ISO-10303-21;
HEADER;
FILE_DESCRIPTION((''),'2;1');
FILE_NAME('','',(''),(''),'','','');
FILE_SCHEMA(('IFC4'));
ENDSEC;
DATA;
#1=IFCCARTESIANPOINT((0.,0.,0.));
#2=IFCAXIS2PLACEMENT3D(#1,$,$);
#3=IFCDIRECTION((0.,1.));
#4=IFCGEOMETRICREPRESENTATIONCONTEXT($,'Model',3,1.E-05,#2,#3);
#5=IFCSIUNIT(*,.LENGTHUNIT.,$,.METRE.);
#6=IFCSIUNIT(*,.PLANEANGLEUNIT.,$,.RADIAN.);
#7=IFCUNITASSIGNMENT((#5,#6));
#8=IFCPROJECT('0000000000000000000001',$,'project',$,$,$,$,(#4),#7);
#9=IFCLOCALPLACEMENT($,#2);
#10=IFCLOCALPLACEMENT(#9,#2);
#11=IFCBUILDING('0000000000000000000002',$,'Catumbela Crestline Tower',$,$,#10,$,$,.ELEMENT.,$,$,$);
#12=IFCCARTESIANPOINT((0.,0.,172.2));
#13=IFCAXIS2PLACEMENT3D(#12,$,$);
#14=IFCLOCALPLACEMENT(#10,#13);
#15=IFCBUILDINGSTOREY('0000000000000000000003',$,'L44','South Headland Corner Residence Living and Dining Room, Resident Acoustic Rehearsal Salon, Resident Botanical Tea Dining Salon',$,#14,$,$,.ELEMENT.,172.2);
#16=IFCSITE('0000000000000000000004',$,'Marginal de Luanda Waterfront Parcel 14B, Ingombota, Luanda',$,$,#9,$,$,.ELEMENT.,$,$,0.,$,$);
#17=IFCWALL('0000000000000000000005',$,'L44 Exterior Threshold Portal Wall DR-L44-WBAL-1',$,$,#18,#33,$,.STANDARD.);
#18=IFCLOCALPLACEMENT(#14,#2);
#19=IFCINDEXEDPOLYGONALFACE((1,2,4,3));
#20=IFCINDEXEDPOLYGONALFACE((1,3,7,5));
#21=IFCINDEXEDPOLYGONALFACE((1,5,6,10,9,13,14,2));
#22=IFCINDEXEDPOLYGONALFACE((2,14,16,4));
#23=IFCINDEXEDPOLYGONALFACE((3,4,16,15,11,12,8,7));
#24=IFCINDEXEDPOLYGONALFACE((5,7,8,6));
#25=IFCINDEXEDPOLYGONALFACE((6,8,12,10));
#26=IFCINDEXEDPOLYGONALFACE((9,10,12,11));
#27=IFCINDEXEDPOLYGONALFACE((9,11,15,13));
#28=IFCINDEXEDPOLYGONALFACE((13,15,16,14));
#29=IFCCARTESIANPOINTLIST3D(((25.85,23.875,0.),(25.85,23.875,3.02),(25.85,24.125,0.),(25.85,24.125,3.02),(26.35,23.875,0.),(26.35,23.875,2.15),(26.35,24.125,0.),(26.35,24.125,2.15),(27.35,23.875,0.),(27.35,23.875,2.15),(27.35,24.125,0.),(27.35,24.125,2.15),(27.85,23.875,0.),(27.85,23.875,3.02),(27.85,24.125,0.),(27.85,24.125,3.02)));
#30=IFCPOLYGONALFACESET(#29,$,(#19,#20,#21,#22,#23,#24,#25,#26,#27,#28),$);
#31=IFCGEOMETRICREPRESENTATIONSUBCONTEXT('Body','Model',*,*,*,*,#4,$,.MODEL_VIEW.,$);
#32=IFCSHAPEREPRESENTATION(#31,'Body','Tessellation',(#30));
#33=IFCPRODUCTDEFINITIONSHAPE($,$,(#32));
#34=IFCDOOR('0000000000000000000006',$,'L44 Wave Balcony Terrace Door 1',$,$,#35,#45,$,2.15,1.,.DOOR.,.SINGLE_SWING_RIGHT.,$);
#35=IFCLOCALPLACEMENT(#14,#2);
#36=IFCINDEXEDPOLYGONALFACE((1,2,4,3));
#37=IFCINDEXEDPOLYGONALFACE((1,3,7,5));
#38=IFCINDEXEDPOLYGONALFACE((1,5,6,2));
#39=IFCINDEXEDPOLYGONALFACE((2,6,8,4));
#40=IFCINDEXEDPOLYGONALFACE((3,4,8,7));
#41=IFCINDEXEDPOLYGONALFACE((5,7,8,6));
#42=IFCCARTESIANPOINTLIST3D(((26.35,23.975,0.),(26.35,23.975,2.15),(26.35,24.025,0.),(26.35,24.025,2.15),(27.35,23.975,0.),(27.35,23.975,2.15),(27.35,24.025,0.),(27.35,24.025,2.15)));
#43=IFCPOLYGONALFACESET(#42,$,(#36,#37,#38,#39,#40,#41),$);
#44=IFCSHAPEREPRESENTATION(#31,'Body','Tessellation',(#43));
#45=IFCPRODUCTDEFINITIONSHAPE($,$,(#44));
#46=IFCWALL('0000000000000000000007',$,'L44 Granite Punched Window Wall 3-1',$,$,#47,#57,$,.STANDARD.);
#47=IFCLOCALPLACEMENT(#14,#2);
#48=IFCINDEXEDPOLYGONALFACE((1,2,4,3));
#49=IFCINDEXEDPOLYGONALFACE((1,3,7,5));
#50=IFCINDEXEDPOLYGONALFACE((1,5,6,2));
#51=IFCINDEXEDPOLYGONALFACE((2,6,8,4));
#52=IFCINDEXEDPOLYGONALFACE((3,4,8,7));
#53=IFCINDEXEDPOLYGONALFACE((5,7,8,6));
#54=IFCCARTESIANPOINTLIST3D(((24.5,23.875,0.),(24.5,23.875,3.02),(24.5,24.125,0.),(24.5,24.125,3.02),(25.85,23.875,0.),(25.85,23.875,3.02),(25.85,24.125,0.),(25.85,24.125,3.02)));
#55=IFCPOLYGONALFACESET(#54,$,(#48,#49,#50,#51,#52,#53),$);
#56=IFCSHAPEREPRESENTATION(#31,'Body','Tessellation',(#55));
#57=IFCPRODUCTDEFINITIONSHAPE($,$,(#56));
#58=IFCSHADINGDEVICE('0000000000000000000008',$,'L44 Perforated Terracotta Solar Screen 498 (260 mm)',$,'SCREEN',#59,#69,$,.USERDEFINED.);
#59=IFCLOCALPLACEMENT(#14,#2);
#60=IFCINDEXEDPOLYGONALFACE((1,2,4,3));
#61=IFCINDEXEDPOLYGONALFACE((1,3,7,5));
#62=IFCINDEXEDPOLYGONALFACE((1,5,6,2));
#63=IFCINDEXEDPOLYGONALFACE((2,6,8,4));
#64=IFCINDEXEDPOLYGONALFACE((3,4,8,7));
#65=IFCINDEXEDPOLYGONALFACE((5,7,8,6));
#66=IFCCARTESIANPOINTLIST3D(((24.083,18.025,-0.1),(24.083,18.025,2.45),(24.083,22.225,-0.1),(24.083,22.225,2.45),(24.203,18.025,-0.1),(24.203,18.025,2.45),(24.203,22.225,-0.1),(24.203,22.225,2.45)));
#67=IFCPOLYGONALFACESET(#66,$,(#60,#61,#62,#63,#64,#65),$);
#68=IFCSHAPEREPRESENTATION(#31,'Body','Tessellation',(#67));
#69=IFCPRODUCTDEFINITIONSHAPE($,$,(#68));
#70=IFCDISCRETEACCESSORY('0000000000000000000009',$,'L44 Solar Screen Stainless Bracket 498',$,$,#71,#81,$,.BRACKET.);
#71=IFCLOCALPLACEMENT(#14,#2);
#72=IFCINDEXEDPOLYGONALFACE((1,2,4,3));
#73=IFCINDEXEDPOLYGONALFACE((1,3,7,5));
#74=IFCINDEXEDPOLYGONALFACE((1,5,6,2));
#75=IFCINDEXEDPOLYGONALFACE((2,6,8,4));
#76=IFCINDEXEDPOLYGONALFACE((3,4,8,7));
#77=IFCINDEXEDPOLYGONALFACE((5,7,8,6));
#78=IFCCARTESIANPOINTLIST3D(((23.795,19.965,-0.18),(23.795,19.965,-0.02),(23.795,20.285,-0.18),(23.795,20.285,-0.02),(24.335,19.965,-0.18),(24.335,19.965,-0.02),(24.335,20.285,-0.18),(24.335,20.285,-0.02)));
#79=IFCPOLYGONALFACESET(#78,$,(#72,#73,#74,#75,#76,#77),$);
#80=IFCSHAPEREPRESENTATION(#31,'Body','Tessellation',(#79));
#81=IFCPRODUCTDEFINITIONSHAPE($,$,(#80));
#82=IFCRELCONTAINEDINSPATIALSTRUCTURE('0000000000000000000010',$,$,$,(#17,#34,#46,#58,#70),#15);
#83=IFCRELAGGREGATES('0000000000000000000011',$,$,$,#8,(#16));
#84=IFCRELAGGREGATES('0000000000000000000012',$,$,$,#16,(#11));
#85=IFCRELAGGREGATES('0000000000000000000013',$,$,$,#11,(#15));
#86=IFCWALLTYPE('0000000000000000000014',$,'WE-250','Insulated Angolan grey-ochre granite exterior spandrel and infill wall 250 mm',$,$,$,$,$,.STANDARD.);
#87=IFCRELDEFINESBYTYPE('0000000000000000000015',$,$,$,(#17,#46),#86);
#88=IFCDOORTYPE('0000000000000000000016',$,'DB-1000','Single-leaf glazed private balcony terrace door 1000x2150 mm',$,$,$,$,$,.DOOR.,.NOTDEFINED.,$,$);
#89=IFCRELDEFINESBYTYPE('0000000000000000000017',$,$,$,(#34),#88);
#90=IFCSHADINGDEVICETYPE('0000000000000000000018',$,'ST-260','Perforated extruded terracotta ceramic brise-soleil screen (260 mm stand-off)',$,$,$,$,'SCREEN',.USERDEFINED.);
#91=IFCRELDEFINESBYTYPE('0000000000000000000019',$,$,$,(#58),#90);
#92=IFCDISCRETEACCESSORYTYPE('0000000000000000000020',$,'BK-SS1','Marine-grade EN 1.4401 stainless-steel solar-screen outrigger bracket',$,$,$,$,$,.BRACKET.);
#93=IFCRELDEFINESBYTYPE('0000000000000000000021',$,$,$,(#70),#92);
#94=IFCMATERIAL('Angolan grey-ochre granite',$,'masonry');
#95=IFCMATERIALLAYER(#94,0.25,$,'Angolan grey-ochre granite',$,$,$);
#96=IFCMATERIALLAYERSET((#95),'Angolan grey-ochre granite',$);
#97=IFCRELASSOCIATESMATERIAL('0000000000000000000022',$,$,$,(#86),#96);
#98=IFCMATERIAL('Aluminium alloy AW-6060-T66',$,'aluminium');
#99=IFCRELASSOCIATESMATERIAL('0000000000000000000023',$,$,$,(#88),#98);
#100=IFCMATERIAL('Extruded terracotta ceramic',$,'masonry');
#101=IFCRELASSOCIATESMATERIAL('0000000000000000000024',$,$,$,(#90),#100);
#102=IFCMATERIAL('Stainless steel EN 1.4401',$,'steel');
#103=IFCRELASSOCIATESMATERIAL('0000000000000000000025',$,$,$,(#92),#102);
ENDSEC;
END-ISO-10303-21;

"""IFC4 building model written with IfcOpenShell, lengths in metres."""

from ifc_helpers import new_model, si_unit, direction, frame, frame_2d, origin, origin_2d, place, context, subcontext, project, spatial, rectangle, extrude, material, layer, layer_set, type_object, element, fill, save


model = new_model("IFC4")

# Units and contexts
model_context = context("Model", 3, precision=1e-05, world=origin(), true_north=direction((0.0, 1.0)))
body_context = subcontext(model_context, "Body", "Model", "MODEL_VIEW")
ifc_project = project(units=[si_unit("LENGTHUNIT", "METRE"), si_unit("PLANEANGLEUNIT", "RADIAN")], contexts=[model_context])

# Site, building, storey
site_placement = place(None, origin())
site = spatial("IfcSite", under=ifc_project, at=site_placement, Name="Marginal de Luanda Waterfront Parcel 14B, Ingombota, Luanda", CompositionType="ELEMENT", RefElevation=0.0)
building_placement = place(site_placement, origin())
building = spatial("IfcBuilding", under=site, at=building_placement, Name="Catumbela Crestline Tower", CompositionType="ELEMENT")
storey_placement = place(building_placement, frame((0.0, 0.0, 172.2)))
storey = spatial("IfcBuildingStorey", under=building, at=storey_placement, Name="L44", Description="South Headland Corner Residence Living and Dining Room, Resident Acoustic Rehearsal Salon, Resident Botanical Tea Dining Salon", CompositionType="ELEMENT", Elevation=172.2)

# Shared definitions
ifc_material_1 = material(Name="Aluminium alloy AW-6060-T66", Category="aluminium")

# Wall, opening, door
ifc_material_2 = material(Name="Angolan grey-ochre granite", Category="masonry")
ifc_layer_1 = layer(ifc_material_2, 0.25, Name="Angolan grey-ochre granite")
ifc_layer_set_1 = layer_set([ifc_layer_1], Name="Angolan grey-ochre granite")
wall_type = type_object("IfcWallType", Name="WE-250", Description="Insulated Angolan grey-ochre granite exterior spandrel and infill wall 250 mm", PredefinedType="STANDARD", material=ifc_layer_set_1)
wall_1_placement = place(storey_placement, frame((25.85, 24.0, 0.0), z_axis=(0.0, 0.0, 1.0), x_axis=(1.0, 0.0, 0.0)))
wall_1 = element("IfcWall", 1, at=wall_1_placement, inside=storey, type_object=wall_type, Name="L44 Exterior Threshold Portal Wall DR-L44-WBAL-1", PredefinedType="STANDARD", context=body_context, shape_type="SweptSolid", body=[
    extrude(rectangle(XDim=2.0, YDim=0.25, at=frame_2d((1.0, 0.0))), origin(), (0.0, 0.0, 1.0), 3.02),
])
opening_placement = place(wall_1_placement, frame((0.5, 0.0, 0.0)))
opening = element("IfcOpeningElement", 2, at=opening_placement, cuts=wall_1, PredefinedType="OPENING", context=body_context, shape_type="SweptSolid", body=[
    extrude(rectangle(XDim=1.0, YDim=2.15, at=frame_2d((0.5, 1.075))), frame((0.0, 0.135, 0.0), z_axis=(0.0, -1.0, 0.0), x_axis=(1.0, 0.0, 0.0)), (0.0, 0.0, 1.0), 0.27),
])
door_type = type_object("IfcDoorType", Name="DB-1000", Description="Single-leaf glazed private balcony terrace door 1000x2150 mm", OperationType="NOTDEFINED", PredefinedType="DOOR", material=ifc_material_1)
door_placement = place(opening_placement, origin())
door = element("IfcDoor", 3, at=door_placement, inside=storey, type_object=door_type, Name="L44 Wave Balcony Terrace Door 1", OperationType="SINGLE_SWING_RIGHT", OverallHeight=2.15, OverallWidth=1.0, PredefinedType="DOOR", context=body_context, shape_type="SweptSolid", body=[
    extrude(rectangle(XDim=1.0, YDim=2.15, at=frame_2d((0.5, 1.075))), frame((0.0, 0.025, 0.0), z_axis=(0.0, -1.0, 0.0), x_axis=(1.0, 0.0, 0.0)), (0.0, 0.0, 1.0), 0.05),
])
fill(opening, door)

# Wall
wall_2_placement = place(storey_placement, frame((24.5, 24.0, 0.0), z_axis=(0.0, 0.0, 1.0), x_axis=(1.0, 0.0, 0.0)))
element("IfcWall", 4, at=wall_2_placement, inside=storey, type_object=wall_type, Name="L44 Granite Punched Window Wall 3-1", PredefinedType="STANDARD", context=body_context, shape_type="SweptSolid", body=[
    extrude(rectangle(XDim=1.35, YDim=0.25, at=frame_2d((0.675, 0.0))), origin(), (0.0, 0.0, 1.0), 3.02),
])

# Shared definitions
ifc_material_3 = material(Name="Stainless steel EN 1.4401", Category="steel")

# Shading device
ifc_material_4 = material(Name="Extruded terracotta ceramic", Category="masonry")
shading_device_type = type_object("IfcShadingDeviceType", Name="ST-260", Description="Perforated extruded terracotta ceramic brise-soleil screen (260 mm stand-off)", ElementType="SCREEN", PredefinedType="USERDEFINED", material=ifc_material_4)
shading_device_placement = place(storey_placement, frame((24.143, 20.125, -0.1), z_axis=(0.0, 0.0, 1.0), x_axis=(0.0, 1.0, 0.0)))
element("IfcShadingDevice", 5, at=shading_device_placement, inside=storey, type_object=shading_device_type, Name="L44 Perforated Terracotta Solar Screen 498 (260 mm)", ObjectType="SCREEN", PredefinedType="USERDEFINED", context=body_context, shape_type="SweptSolid", body=[
    extrude(rectangle(XDim=4.2, YDim=0.12, at=origin_2d()), origin(), (0.0, 0.0, 1.0), 2.55),
])

# Discrete accessory
discrete_accessory_type = type_object("IfcDiscreteAccessoryType", Name="BK-SS1", Description="Marine-grade EN 1.4401 stainless-steel solar-screen outrigger bracket", PredefinedType="BRACKET", material=ifc_material_3)
discrete_accessory_placement = place(storey_placement, frame((24.065, 20.125, -0.18), z_axis=(0.0, 0.0, 1.0), x_axis=(0.0, 1.0, 0.0)))
element("IfcDiscreteAccessory", 6, at=discrete_accessory_placement, inside=storey, type_object=discrete_accessory_type, Name="L44 Solar Screen Stainless Bracket 498", PredefinedType="BRACKET", context=body_context, shape_type="SweptSolid", body=[
    extrude(rectangle(XDim=0.32, YDim=0.54, at=origin_2d()), origin(), (0.0, 0.0, 1.0), 0.16),
])

save(model, "model.ifc")
